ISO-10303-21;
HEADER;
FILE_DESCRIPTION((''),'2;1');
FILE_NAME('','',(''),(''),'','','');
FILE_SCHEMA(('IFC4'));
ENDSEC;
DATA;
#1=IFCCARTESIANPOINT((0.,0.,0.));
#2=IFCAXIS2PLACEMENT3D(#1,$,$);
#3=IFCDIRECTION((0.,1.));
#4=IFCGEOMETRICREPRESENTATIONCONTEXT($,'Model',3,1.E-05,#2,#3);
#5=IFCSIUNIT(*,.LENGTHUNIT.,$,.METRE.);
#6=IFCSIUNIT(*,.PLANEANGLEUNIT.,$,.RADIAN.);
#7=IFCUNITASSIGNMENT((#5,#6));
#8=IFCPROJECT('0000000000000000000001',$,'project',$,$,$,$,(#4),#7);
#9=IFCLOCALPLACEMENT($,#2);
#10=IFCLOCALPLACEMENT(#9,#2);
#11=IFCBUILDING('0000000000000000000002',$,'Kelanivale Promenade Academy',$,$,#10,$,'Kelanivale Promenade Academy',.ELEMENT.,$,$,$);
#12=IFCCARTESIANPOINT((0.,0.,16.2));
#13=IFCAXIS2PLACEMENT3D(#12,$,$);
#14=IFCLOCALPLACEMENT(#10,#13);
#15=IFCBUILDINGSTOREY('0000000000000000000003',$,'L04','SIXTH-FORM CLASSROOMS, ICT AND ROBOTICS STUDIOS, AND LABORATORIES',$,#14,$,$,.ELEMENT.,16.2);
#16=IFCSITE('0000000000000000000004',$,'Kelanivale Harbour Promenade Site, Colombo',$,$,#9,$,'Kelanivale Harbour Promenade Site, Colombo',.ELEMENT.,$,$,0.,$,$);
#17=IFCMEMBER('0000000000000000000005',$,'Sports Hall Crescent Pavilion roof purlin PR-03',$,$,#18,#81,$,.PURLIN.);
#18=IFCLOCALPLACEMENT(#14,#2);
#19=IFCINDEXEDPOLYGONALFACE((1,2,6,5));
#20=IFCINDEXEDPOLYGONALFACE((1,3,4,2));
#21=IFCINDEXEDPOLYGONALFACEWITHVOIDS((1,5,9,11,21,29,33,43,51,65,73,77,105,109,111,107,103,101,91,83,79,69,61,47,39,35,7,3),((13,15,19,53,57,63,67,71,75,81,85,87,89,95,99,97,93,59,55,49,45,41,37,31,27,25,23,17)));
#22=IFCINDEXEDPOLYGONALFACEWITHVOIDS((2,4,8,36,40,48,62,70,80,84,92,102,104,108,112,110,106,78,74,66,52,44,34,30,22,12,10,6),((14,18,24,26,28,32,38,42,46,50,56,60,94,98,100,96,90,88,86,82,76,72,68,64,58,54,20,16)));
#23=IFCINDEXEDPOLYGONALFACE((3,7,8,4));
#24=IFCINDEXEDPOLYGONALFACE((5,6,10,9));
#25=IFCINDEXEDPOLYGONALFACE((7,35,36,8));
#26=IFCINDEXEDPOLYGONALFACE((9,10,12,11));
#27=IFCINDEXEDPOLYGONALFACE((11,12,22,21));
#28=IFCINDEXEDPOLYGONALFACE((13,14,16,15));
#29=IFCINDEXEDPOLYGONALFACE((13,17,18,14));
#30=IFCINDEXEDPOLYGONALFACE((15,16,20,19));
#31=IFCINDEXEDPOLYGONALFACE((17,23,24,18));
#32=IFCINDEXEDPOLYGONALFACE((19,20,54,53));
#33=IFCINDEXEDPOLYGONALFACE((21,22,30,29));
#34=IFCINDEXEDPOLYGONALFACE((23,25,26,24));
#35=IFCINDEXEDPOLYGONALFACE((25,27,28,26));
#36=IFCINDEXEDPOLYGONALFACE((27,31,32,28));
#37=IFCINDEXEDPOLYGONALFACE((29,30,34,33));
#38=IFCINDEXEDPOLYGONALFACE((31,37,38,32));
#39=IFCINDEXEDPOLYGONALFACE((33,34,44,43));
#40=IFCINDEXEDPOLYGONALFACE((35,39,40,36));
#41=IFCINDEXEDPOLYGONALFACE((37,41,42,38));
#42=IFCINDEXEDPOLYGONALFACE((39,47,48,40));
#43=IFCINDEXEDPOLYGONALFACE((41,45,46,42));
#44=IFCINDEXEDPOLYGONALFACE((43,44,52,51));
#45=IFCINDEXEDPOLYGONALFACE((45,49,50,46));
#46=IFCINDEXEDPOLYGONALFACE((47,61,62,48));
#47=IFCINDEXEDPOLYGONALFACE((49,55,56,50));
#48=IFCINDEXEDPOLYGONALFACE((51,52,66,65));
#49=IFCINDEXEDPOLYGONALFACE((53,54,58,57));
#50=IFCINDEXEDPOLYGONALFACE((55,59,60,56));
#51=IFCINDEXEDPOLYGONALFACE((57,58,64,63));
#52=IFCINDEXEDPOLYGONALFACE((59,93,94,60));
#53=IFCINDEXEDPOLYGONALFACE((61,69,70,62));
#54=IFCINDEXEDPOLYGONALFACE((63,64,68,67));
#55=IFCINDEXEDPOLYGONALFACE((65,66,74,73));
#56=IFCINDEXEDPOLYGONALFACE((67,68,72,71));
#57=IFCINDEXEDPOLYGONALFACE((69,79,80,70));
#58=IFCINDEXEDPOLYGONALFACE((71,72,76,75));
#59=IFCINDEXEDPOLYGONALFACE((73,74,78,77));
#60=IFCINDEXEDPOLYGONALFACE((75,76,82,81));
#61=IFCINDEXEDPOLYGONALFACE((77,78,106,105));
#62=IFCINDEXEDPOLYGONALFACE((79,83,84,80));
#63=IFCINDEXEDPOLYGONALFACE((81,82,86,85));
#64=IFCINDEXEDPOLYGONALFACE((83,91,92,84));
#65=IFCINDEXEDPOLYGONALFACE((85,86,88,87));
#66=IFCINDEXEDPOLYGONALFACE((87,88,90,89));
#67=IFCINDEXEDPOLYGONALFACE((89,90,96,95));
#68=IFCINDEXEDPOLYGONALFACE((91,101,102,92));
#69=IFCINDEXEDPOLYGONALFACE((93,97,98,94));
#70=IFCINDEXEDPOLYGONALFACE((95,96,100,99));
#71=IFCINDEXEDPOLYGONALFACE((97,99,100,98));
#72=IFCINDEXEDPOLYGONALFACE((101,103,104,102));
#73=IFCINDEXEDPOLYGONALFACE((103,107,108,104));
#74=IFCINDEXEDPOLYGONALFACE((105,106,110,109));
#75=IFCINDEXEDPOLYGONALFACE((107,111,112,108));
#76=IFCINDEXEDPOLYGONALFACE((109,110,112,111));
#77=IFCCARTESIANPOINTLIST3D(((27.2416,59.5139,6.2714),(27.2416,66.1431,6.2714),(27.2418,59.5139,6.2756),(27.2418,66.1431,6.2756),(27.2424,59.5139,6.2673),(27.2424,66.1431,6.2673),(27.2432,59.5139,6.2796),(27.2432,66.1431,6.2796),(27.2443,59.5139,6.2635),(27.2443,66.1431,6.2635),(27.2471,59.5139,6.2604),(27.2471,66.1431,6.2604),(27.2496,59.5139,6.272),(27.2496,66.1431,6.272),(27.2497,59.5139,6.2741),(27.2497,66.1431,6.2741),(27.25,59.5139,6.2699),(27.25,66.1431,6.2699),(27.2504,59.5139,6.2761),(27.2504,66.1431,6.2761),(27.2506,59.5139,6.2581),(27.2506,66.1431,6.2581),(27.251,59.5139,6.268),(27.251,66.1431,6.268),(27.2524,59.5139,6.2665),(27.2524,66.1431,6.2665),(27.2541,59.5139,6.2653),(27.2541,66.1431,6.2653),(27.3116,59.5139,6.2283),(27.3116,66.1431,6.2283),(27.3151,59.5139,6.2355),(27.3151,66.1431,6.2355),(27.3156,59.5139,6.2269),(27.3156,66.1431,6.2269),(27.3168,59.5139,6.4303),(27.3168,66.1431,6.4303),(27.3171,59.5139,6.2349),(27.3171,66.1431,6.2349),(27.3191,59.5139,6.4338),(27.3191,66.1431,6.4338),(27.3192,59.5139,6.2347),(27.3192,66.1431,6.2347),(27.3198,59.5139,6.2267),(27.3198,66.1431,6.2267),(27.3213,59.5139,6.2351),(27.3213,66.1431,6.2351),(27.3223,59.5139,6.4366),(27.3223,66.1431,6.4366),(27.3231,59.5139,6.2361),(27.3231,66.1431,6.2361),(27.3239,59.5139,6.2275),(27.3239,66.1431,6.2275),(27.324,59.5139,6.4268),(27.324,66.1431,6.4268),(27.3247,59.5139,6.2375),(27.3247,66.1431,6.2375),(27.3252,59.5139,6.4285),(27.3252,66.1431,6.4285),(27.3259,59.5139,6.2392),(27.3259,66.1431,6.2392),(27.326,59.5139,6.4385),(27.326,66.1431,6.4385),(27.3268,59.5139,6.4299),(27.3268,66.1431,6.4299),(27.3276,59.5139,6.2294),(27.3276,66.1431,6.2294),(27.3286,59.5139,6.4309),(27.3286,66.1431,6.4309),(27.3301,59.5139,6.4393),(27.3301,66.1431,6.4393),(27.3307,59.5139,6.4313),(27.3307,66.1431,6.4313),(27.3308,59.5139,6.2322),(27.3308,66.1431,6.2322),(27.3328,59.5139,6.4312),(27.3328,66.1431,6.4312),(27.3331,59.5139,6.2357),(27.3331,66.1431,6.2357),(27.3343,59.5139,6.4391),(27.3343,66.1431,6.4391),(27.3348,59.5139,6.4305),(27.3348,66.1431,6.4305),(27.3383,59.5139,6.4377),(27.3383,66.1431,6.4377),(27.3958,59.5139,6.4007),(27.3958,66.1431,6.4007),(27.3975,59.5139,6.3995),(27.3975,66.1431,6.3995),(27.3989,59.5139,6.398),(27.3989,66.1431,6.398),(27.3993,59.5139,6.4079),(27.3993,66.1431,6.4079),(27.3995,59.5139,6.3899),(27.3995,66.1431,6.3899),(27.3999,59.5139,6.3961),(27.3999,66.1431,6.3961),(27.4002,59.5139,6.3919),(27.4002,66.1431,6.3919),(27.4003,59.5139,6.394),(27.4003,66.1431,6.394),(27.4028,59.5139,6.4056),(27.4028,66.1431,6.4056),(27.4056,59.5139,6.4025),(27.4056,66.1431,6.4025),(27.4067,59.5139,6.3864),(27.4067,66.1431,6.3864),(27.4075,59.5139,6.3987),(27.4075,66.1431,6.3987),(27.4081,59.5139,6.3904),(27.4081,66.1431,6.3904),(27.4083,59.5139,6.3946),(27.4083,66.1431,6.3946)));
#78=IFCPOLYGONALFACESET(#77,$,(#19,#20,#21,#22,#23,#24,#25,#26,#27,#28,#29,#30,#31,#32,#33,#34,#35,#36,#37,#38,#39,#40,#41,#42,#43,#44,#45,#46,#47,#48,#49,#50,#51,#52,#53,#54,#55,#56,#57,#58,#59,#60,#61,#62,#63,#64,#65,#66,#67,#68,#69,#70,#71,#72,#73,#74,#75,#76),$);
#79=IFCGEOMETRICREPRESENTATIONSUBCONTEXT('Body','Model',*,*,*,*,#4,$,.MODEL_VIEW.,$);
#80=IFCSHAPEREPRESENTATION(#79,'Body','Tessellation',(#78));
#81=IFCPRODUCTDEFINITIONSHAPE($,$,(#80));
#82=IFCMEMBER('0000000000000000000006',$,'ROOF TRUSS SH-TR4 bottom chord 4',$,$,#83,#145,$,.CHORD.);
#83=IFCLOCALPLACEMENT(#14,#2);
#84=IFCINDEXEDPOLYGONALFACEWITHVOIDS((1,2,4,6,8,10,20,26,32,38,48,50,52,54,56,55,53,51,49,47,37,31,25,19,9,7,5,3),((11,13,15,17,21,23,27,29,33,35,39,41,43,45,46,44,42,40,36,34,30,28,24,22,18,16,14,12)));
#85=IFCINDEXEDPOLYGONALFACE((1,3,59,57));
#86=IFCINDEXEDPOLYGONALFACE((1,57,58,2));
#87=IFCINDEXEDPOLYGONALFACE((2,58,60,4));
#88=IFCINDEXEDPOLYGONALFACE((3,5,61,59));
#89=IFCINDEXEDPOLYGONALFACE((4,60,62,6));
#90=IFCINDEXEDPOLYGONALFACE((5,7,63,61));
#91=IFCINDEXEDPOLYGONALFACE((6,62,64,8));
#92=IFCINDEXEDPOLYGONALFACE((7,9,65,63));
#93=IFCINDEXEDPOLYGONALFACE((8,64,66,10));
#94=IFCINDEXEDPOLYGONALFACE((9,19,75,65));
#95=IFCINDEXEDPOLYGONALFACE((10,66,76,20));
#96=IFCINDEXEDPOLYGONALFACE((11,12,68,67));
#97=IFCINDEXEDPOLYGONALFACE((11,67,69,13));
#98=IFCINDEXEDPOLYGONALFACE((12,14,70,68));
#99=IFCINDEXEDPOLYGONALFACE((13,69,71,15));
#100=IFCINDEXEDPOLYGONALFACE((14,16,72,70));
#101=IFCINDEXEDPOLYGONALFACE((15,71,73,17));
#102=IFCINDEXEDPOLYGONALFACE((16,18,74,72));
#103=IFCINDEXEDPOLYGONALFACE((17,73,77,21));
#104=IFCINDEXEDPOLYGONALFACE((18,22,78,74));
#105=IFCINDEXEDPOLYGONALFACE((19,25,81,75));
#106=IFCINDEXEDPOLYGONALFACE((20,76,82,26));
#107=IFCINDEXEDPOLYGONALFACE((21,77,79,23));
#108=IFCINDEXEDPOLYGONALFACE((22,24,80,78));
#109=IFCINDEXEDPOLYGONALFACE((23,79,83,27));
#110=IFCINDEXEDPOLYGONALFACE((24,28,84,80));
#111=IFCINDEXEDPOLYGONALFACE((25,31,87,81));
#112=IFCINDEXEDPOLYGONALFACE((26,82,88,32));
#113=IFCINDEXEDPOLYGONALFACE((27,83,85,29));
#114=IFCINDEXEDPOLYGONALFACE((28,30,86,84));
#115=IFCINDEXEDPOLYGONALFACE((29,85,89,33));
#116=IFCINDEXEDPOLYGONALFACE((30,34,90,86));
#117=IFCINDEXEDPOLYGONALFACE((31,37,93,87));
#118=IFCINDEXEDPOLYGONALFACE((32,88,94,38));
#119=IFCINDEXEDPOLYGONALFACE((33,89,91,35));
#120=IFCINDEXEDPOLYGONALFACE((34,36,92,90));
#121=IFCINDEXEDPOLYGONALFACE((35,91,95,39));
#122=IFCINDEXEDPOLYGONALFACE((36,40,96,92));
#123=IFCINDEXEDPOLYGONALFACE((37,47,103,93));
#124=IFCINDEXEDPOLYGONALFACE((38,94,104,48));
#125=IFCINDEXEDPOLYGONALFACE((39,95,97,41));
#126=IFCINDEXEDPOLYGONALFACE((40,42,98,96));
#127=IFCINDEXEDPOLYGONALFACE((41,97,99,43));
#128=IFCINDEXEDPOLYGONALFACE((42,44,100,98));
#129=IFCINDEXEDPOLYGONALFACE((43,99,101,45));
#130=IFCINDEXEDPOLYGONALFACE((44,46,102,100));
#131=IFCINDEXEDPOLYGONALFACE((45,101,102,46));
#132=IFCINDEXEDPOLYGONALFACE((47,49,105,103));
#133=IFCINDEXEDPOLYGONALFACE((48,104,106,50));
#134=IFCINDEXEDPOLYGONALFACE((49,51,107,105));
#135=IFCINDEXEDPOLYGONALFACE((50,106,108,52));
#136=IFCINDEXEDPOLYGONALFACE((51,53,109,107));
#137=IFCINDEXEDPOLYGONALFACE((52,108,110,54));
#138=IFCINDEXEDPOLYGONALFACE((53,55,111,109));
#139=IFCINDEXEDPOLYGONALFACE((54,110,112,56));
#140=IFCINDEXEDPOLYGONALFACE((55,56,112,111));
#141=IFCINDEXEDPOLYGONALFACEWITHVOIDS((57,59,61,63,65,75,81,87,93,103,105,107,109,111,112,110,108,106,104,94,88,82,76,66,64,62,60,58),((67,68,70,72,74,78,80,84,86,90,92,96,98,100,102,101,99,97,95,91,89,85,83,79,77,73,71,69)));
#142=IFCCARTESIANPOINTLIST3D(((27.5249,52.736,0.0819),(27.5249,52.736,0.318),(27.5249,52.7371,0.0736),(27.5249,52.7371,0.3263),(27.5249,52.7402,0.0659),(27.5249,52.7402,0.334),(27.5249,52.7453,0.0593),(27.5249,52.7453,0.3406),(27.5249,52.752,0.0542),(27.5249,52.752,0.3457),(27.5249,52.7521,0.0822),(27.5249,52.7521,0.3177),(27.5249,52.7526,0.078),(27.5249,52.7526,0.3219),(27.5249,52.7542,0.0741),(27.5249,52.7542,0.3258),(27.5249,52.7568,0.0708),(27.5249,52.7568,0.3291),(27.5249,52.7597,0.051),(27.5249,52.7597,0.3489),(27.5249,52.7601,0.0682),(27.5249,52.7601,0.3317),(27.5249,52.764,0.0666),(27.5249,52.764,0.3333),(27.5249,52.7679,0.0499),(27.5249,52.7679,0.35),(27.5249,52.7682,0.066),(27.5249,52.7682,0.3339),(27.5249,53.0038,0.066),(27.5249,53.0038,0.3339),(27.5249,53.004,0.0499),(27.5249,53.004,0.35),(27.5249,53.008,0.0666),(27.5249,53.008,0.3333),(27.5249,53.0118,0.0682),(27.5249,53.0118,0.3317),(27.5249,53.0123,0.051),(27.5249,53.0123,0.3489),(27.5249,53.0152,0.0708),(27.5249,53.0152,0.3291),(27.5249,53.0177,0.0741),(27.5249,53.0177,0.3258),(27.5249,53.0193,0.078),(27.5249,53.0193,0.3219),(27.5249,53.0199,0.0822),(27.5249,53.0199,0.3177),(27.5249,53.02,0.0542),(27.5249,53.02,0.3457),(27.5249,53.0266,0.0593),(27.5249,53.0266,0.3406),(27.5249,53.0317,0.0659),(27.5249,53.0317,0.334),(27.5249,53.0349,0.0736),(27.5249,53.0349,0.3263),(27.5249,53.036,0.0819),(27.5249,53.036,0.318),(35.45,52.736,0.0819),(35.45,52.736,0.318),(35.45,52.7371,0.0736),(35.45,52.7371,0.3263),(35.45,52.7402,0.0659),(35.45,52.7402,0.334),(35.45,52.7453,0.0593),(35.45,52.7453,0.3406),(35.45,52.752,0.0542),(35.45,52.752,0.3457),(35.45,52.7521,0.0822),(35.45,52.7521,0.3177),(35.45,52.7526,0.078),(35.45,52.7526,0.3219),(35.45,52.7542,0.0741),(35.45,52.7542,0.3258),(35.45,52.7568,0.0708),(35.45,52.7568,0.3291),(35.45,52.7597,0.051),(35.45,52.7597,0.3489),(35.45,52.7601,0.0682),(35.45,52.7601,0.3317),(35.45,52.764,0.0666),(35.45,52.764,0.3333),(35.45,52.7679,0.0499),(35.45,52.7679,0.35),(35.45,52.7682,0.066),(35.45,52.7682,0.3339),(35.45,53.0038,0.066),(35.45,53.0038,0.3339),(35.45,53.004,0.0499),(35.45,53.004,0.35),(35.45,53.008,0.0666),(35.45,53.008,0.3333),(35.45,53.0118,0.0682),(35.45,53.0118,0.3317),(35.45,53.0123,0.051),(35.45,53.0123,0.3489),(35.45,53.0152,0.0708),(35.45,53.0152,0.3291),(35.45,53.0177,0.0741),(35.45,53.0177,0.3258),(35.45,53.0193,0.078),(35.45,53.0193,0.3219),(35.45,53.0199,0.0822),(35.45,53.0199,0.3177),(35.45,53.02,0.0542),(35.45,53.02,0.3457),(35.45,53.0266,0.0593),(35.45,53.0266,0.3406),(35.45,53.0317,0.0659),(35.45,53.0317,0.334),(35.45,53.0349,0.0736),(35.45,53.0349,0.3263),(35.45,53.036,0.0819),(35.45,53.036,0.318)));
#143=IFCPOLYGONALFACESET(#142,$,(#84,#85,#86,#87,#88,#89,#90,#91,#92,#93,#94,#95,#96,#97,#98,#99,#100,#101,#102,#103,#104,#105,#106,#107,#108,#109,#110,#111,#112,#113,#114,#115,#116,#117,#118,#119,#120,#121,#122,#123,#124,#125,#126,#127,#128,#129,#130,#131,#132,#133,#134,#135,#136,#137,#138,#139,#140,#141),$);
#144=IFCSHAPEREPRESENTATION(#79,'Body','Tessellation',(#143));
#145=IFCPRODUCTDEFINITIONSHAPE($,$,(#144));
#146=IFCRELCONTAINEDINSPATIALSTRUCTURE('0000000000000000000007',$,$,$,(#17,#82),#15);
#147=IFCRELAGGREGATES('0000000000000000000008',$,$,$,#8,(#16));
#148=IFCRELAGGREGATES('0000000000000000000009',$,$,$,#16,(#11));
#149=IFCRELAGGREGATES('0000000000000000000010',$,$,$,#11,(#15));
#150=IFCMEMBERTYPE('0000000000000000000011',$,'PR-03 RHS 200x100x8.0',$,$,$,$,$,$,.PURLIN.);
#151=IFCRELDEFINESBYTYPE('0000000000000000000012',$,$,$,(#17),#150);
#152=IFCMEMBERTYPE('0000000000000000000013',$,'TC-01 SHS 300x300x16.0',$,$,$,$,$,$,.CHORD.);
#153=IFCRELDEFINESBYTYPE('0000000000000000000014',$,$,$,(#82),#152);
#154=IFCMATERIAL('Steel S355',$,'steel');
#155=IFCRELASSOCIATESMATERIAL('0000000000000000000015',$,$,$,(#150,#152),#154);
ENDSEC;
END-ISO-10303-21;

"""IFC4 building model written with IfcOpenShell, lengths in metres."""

from ifc_helpers import new_model, si_unit, direction, frame, origin, origin_2d, place, context, subcontext, project, spatial, hollow_rectangle, extrude, material, material_profile, profile_set, type_object, element, save


model = new_model("IFC4")

# Units and contexts
model_context = context("Model", 3, precision=1e-05, world=origin(), true_north=direction((0.0, 1.0)))
body_context = subcontext(model_context, "Body", "Model", "MODEL_VIEW")
ifc_project = project(units=[si_unit("LENGTHUNIT", "METRE"), si_unit("PLANEANGLEUNIT", "RADIAN")], contexts=[model_context])

# Site, building, storey
site_placement = place(None, origin())
site = spatial("IfcSite", under=ifc_project, at=site_placement, Name="Kelanivale Harbour Promenade Site, Colombo", LongName="Kelanivale Harbour Promenade Site, Colombo", CompositionType="ELEMENT", RefElevation=0.0)
building_placement = place(site_placement, origin())
building = spatial("IfcBuilding", under=site, at=building_placement, Name="Kelanivale Promenade Academy", LongName="Kelanivale Promenade Academy", CompositionType="ELEMENT")
storey_placement = place(building_placement, frame((0.0, 0.0, 16.2)))
storey = spatial("IfcBuildingStorey", under=building, at=storey_placement, Name="L04", Description="SIXTH-FORM CLASSROOMS, ICT AND ROBOTICS STUDIOS, AND LABORATORIES", CompositionType="ELEMENT", Elevation=16.2)

# Members
ifc_material = material(Name="Steel S355", Category="steel")
ifc_material_profile_1 = material_profile(ifc_material, hollow_rectangle(XDim=0.1001, YDim=0.2, WallThickness=0.0081, InnerFilletRadius=0.0081, OuterFilletRadius=0.0161, at=origin_2d()), Name="RHS 200x100x8.0")
ifc_profile_set_1 = profile_set([ifc_material_profile_1], Name="Steel S355")
member_type_1 = type_object("IfcMemberType", Name="PR-03 RHS 200x100x8.0", PredefinedType="PURLIN", material=ifc_profile_set_1)
member_1_placement = place(storey_placement, frame((27.325, 59.5139, 6.333), z_axis=(0.0, 1.0, 0.0), x_axis=(-0.898564, 0.0, 0.438842)))
element("IfcMember", 1, at=member_1_placement, inside=storey, type_object=member_type_1, Name="Sports Hall Crescent Pavilion roof purlin PR-03", PredefinedType="PURLIN", context=body_context, shape_type="SweptSolid", body=[
    extrude(hollow_rectangle(XDim=0.1001, YDim=0.2, WallThickness=0.0081, InnerFilletRadius=0.0081, OuterFilletRadius=0.0161, at=origin_2d()), origin(), (0.0, 0.0, 1.0), 6.6292),
])
ifc_material_profile_2 = material_profile(ifc_material, hollow_rectangle(XDim=0.3, YDim=0.3, WallThickness=0.0161, InnerFilletRadius=0.0161, OuterFilletRadius=0.032, at=origin_2d()), Name="SHS 300x300x16.0")
ifc_profile_set_2 = profile_set([ifc_material_profile_2], Name="Steel S355")
member_type_2 = type_object("IfcMemberType", Name="TC-01 SHS 300x300x16.0", PredefinedType="CHORD", material=ifc_profile_set_2)
member_2_placement = place(storey_placement, frame((27.5249, 52.886, 0.2), z_axis=(1.0, 0.0, 0.0), x_axis=(0.0, 1.0, 0.0)))
element("IfcMember", 2, at=member_2_placement, inside=storey, type_object=member_type_2, Name="ROOF TRUSS SH-TR4 bottom chord 4", PredefinedType="CHORD", context=body_context, shape_type="SweptSolid", body=[
    extrude(hollow_rectangle(XDim=0.3, YDim=0.3, WallThickness=0.0161, InnerFilletRadius=0.0161, OuterFilletRadius=0.032, at=origin_2d()), origin(), (0.0, 0.0, 1.0), 7.925),
])

save(model, "model.ifc")
